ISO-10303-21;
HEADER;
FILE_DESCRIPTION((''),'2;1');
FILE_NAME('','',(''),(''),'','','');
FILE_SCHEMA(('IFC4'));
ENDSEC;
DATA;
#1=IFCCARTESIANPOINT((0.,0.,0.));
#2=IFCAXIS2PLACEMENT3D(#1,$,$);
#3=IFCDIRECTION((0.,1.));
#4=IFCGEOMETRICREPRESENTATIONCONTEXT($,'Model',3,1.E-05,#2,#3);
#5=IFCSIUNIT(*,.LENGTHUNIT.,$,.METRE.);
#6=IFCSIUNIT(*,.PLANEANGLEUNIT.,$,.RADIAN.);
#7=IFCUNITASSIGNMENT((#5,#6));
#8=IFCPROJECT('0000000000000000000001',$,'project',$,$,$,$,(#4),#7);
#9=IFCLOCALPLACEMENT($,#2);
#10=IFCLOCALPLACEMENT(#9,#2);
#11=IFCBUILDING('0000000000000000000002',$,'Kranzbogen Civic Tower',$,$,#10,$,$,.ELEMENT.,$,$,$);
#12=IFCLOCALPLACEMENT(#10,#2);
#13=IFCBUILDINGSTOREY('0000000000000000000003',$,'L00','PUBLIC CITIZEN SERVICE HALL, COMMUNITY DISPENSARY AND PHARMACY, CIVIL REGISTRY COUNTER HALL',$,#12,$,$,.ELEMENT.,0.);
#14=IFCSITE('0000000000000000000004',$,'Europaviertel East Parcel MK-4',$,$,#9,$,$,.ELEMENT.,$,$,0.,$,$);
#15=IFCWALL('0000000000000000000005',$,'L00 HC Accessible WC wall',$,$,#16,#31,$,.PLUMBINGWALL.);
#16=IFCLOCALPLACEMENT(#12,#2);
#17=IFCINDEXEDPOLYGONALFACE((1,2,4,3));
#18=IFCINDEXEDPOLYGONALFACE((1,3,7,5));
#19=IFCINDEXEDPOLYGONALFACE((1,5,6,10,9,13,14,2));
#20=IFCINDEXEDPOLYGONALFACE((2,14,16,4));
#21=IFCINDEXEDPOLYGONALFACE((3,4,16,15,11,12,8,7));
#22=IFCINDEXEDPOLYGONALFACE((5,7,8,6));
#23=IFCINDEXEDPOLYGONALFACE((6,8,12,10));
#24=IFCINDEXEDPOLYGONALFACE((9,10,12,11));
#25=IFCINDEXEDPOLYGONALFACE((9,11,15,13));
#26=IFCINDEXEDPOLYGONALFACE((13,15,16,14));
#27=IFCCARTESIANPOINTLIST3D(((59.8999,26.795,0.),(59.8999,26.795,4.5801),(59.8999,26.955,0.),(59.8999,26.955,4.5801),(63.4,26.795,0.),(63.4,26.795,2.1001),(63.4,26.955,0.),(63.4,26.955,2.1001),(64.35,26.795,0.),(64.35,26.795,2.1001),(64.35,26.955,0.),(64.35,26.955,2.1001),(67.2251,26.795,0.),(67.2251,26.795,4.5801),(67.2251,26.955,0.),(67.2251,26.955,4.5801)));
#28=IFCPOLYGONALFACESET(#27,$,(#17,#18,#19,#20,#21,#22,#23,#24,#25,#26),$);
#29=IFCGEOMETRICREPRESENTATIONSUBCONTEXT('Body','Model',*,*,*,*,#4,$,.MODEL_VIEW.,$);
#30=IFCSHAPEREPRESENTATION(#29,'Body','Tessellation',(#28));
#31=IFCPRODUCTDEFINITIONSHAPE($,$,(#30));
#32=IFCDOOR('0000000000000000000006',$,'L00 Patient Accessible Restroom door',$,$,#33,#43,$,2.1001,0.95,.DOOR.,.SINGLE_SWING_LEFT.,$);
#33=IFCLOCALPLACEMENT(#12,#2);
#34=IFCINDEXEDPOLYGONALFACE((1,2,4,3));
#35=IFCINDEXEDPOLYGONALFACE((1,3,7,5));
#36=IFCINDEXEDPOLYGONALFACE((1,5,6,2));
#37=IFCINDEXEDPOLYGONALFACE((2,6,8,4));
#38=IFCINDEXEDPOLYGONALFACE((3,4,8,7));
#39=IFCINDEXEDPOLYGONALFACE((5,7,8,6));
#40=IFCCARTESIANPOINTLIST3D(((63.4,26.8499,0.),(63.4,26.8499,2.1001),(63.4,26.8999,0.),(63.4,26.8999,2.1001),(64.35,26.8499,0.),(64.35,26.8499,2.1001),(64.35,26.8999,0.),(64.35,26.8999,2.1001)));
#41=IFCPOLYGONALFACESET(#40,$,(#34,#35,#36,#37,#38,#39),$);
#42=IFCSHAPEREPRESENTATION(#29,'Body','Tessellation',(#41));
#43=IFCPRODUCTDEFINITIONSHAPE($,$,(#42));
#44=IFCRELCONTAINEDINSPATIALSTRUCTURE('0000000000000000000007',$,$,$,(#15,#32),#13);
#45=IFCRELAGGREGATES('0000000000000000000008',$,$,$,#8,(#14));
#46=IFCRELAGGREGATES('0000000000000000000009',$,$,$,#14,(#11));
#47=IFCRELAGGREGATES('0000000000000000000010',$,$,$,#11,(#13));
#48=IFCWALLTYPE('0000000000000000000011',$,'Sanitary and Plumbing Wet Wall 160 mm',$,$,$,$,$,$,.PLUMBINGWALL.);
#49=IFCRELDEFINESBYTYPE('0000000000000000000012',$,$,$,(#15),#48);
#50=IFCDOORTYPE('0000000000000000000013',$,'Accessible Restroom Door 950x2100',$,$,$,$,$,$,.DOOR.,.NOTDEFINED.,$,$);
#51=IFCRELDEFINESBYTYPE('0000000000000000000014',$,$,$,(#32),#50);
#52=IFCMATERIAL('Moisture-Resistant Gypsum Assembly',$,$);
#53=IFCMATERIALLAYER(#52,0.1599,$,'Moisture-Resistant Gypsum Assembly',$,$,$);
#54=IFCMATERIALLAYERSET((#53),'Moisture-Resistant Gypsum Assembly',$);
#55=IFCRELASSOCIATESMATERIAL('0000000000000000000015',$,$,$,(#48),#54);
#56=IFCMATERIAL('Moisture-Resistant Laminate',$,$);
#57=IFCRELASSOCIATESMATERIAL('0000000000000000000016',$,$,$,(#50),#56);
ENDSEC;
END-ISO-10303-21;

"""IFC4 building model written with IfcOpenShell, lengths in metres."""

from ifc_helpers import new_model, si_unit, direction, frame, frame_2d, origin, place, context, subcontext, project, spatial, rectangle, extrude, material, layer, layer_set, type_object, element, fill, save


model = new_model("IFC4")

# Units and contexts
model_context = context("Model", 3, precision=1e-05, world=origin(), true_north=direction((0.0, 1.0)))
body_context = subcontext(model_context, "Body", "Model", "MODEL_VIEW")
ifc_project = project(units=[si_unit("LENGTHUNIT", "METRE"), si_unit("PLANEANGLEUNIT", "RADIAN")], contexts=[model_context])

# Site, building, storey
site_placement = place(None, origin())
site = spatial("IfcSite", under=ifc_project, at=site_placement, Name="Europaviertel East Parcel MK-4", CompositionType="ELEMENT", RefElevation=0.0)
building_placement = place(site_placement, origin())
building = spatial("IfcBuilding", under=site, at=building_placement, Name="Kranzbogen Civic Tower", CompositionType="ELEMENT")
storey_placement = place(building_placement, origin())
storey = spatial("IfcBuildingStorey", under=building, at=storey_placement, Name="L00", Description="PUBLIC CITIZEN SERVICE HALL, COMMUNITY DISPENSARY AND PHARMACY, CIVIL REGISTRY COUNTER HALL", CompositionType="ELEMENT", Elevation=0.0)

# Wall, opening, door
ifc_material_1 = material(Name="Moisture-Resistant Gypsum Assembly")
ifc_layer_1 = layer(ifc_material_1, 0.1599, Name="Moisture-Resistant Gypsum Assembly")
ifc_layer_set_1 = layer_set([ifc_layer_1], Name="Moisture-Resistant Gypsum Assembly")
wall_type_1 = type_object("IfcWallType", Name="Sanitary and Plumbing Wet Wall 160 mm", PredefinedType="PLUMBINGWALL", material=ifc_layer_set_1)
wall_1_placement = place(storey_placement, frame((59.8999, 26.875, 0.0), z_axis=(0.0, 0.0, 1.0), x_axis=(1.0, 0.0, 0.0)))
wall_1 = element("IfcWall", 1, at=wall_1_placement, inside=storey, type_object=wall_type_1, Name="L00 HC Accessible WC wall", PredefinedType="PLUMBINGWALL", context=body_context, shape_type="SweptSolid", body=[
    extrude(rectangle(XDim=7.3252, YDim=0.1599, at=frame_2d((3.6626, 0.0))), origin(), (0.0, 0.0, 1.0), 4.5801),
])
opening_1_placement = place(wall_1_placement, frame((3.5, 0.0, 0.0)))
opening_1 = element("IfcOpeningElement", 2, at=opening_1_placement, cuts=wall_1, PredefinedType="OPENING", context=body_context, shape_type="SweptSolid", body=[
    extrude(rectangle(XDim=0.95, YDim=2.1001, at=frame_2d((0.4751, 1.05))), frame((0.0, 0.0898, 0.0), z_axis=(0.0, -1.0, 0.0), x_axis=(1.0, 0.0, 0.0)), (0.0, 0.0, 1.0), 0.1799),
])
ifc_material_2 = material(Name="Moisture-Resistant Laminate")
door_type_1 = type_object("IfcDoorType", Name="Accessible Restroom Door 950x2100", OperationType="NOTDEFINED", PredefinedType="DOOR", material=ifc_material_2)
door_1_placement = place(opening_1_placement, origin())
door_1 = element("IfcDoor", 3, at=door_1_placement, inside=storey, type_object=door_type_1, Name="L00 Patient Accessible Restroom door", OperationType="SINGLE_SWING_LEFT", OverallHeight=2.1001, OverallWidth=0.95, PredefinedType="DOOR", context=body_context, shape_type="SweptSolid", body=[
    extrude(rectangle(XDim=0.95, YDim=2.1001, at=frame_2d((0.4751, 1.05))), frame((0.0, 0.0249, 0.0), z_axis=(0.0, -1.0, 0.0), x_axis=(1.0, 0.0, 0.0)), (0.0, 0.0, 1.0), 0.05),
])
fill(opening_1, door_1)

save(model, "model.ifc")
